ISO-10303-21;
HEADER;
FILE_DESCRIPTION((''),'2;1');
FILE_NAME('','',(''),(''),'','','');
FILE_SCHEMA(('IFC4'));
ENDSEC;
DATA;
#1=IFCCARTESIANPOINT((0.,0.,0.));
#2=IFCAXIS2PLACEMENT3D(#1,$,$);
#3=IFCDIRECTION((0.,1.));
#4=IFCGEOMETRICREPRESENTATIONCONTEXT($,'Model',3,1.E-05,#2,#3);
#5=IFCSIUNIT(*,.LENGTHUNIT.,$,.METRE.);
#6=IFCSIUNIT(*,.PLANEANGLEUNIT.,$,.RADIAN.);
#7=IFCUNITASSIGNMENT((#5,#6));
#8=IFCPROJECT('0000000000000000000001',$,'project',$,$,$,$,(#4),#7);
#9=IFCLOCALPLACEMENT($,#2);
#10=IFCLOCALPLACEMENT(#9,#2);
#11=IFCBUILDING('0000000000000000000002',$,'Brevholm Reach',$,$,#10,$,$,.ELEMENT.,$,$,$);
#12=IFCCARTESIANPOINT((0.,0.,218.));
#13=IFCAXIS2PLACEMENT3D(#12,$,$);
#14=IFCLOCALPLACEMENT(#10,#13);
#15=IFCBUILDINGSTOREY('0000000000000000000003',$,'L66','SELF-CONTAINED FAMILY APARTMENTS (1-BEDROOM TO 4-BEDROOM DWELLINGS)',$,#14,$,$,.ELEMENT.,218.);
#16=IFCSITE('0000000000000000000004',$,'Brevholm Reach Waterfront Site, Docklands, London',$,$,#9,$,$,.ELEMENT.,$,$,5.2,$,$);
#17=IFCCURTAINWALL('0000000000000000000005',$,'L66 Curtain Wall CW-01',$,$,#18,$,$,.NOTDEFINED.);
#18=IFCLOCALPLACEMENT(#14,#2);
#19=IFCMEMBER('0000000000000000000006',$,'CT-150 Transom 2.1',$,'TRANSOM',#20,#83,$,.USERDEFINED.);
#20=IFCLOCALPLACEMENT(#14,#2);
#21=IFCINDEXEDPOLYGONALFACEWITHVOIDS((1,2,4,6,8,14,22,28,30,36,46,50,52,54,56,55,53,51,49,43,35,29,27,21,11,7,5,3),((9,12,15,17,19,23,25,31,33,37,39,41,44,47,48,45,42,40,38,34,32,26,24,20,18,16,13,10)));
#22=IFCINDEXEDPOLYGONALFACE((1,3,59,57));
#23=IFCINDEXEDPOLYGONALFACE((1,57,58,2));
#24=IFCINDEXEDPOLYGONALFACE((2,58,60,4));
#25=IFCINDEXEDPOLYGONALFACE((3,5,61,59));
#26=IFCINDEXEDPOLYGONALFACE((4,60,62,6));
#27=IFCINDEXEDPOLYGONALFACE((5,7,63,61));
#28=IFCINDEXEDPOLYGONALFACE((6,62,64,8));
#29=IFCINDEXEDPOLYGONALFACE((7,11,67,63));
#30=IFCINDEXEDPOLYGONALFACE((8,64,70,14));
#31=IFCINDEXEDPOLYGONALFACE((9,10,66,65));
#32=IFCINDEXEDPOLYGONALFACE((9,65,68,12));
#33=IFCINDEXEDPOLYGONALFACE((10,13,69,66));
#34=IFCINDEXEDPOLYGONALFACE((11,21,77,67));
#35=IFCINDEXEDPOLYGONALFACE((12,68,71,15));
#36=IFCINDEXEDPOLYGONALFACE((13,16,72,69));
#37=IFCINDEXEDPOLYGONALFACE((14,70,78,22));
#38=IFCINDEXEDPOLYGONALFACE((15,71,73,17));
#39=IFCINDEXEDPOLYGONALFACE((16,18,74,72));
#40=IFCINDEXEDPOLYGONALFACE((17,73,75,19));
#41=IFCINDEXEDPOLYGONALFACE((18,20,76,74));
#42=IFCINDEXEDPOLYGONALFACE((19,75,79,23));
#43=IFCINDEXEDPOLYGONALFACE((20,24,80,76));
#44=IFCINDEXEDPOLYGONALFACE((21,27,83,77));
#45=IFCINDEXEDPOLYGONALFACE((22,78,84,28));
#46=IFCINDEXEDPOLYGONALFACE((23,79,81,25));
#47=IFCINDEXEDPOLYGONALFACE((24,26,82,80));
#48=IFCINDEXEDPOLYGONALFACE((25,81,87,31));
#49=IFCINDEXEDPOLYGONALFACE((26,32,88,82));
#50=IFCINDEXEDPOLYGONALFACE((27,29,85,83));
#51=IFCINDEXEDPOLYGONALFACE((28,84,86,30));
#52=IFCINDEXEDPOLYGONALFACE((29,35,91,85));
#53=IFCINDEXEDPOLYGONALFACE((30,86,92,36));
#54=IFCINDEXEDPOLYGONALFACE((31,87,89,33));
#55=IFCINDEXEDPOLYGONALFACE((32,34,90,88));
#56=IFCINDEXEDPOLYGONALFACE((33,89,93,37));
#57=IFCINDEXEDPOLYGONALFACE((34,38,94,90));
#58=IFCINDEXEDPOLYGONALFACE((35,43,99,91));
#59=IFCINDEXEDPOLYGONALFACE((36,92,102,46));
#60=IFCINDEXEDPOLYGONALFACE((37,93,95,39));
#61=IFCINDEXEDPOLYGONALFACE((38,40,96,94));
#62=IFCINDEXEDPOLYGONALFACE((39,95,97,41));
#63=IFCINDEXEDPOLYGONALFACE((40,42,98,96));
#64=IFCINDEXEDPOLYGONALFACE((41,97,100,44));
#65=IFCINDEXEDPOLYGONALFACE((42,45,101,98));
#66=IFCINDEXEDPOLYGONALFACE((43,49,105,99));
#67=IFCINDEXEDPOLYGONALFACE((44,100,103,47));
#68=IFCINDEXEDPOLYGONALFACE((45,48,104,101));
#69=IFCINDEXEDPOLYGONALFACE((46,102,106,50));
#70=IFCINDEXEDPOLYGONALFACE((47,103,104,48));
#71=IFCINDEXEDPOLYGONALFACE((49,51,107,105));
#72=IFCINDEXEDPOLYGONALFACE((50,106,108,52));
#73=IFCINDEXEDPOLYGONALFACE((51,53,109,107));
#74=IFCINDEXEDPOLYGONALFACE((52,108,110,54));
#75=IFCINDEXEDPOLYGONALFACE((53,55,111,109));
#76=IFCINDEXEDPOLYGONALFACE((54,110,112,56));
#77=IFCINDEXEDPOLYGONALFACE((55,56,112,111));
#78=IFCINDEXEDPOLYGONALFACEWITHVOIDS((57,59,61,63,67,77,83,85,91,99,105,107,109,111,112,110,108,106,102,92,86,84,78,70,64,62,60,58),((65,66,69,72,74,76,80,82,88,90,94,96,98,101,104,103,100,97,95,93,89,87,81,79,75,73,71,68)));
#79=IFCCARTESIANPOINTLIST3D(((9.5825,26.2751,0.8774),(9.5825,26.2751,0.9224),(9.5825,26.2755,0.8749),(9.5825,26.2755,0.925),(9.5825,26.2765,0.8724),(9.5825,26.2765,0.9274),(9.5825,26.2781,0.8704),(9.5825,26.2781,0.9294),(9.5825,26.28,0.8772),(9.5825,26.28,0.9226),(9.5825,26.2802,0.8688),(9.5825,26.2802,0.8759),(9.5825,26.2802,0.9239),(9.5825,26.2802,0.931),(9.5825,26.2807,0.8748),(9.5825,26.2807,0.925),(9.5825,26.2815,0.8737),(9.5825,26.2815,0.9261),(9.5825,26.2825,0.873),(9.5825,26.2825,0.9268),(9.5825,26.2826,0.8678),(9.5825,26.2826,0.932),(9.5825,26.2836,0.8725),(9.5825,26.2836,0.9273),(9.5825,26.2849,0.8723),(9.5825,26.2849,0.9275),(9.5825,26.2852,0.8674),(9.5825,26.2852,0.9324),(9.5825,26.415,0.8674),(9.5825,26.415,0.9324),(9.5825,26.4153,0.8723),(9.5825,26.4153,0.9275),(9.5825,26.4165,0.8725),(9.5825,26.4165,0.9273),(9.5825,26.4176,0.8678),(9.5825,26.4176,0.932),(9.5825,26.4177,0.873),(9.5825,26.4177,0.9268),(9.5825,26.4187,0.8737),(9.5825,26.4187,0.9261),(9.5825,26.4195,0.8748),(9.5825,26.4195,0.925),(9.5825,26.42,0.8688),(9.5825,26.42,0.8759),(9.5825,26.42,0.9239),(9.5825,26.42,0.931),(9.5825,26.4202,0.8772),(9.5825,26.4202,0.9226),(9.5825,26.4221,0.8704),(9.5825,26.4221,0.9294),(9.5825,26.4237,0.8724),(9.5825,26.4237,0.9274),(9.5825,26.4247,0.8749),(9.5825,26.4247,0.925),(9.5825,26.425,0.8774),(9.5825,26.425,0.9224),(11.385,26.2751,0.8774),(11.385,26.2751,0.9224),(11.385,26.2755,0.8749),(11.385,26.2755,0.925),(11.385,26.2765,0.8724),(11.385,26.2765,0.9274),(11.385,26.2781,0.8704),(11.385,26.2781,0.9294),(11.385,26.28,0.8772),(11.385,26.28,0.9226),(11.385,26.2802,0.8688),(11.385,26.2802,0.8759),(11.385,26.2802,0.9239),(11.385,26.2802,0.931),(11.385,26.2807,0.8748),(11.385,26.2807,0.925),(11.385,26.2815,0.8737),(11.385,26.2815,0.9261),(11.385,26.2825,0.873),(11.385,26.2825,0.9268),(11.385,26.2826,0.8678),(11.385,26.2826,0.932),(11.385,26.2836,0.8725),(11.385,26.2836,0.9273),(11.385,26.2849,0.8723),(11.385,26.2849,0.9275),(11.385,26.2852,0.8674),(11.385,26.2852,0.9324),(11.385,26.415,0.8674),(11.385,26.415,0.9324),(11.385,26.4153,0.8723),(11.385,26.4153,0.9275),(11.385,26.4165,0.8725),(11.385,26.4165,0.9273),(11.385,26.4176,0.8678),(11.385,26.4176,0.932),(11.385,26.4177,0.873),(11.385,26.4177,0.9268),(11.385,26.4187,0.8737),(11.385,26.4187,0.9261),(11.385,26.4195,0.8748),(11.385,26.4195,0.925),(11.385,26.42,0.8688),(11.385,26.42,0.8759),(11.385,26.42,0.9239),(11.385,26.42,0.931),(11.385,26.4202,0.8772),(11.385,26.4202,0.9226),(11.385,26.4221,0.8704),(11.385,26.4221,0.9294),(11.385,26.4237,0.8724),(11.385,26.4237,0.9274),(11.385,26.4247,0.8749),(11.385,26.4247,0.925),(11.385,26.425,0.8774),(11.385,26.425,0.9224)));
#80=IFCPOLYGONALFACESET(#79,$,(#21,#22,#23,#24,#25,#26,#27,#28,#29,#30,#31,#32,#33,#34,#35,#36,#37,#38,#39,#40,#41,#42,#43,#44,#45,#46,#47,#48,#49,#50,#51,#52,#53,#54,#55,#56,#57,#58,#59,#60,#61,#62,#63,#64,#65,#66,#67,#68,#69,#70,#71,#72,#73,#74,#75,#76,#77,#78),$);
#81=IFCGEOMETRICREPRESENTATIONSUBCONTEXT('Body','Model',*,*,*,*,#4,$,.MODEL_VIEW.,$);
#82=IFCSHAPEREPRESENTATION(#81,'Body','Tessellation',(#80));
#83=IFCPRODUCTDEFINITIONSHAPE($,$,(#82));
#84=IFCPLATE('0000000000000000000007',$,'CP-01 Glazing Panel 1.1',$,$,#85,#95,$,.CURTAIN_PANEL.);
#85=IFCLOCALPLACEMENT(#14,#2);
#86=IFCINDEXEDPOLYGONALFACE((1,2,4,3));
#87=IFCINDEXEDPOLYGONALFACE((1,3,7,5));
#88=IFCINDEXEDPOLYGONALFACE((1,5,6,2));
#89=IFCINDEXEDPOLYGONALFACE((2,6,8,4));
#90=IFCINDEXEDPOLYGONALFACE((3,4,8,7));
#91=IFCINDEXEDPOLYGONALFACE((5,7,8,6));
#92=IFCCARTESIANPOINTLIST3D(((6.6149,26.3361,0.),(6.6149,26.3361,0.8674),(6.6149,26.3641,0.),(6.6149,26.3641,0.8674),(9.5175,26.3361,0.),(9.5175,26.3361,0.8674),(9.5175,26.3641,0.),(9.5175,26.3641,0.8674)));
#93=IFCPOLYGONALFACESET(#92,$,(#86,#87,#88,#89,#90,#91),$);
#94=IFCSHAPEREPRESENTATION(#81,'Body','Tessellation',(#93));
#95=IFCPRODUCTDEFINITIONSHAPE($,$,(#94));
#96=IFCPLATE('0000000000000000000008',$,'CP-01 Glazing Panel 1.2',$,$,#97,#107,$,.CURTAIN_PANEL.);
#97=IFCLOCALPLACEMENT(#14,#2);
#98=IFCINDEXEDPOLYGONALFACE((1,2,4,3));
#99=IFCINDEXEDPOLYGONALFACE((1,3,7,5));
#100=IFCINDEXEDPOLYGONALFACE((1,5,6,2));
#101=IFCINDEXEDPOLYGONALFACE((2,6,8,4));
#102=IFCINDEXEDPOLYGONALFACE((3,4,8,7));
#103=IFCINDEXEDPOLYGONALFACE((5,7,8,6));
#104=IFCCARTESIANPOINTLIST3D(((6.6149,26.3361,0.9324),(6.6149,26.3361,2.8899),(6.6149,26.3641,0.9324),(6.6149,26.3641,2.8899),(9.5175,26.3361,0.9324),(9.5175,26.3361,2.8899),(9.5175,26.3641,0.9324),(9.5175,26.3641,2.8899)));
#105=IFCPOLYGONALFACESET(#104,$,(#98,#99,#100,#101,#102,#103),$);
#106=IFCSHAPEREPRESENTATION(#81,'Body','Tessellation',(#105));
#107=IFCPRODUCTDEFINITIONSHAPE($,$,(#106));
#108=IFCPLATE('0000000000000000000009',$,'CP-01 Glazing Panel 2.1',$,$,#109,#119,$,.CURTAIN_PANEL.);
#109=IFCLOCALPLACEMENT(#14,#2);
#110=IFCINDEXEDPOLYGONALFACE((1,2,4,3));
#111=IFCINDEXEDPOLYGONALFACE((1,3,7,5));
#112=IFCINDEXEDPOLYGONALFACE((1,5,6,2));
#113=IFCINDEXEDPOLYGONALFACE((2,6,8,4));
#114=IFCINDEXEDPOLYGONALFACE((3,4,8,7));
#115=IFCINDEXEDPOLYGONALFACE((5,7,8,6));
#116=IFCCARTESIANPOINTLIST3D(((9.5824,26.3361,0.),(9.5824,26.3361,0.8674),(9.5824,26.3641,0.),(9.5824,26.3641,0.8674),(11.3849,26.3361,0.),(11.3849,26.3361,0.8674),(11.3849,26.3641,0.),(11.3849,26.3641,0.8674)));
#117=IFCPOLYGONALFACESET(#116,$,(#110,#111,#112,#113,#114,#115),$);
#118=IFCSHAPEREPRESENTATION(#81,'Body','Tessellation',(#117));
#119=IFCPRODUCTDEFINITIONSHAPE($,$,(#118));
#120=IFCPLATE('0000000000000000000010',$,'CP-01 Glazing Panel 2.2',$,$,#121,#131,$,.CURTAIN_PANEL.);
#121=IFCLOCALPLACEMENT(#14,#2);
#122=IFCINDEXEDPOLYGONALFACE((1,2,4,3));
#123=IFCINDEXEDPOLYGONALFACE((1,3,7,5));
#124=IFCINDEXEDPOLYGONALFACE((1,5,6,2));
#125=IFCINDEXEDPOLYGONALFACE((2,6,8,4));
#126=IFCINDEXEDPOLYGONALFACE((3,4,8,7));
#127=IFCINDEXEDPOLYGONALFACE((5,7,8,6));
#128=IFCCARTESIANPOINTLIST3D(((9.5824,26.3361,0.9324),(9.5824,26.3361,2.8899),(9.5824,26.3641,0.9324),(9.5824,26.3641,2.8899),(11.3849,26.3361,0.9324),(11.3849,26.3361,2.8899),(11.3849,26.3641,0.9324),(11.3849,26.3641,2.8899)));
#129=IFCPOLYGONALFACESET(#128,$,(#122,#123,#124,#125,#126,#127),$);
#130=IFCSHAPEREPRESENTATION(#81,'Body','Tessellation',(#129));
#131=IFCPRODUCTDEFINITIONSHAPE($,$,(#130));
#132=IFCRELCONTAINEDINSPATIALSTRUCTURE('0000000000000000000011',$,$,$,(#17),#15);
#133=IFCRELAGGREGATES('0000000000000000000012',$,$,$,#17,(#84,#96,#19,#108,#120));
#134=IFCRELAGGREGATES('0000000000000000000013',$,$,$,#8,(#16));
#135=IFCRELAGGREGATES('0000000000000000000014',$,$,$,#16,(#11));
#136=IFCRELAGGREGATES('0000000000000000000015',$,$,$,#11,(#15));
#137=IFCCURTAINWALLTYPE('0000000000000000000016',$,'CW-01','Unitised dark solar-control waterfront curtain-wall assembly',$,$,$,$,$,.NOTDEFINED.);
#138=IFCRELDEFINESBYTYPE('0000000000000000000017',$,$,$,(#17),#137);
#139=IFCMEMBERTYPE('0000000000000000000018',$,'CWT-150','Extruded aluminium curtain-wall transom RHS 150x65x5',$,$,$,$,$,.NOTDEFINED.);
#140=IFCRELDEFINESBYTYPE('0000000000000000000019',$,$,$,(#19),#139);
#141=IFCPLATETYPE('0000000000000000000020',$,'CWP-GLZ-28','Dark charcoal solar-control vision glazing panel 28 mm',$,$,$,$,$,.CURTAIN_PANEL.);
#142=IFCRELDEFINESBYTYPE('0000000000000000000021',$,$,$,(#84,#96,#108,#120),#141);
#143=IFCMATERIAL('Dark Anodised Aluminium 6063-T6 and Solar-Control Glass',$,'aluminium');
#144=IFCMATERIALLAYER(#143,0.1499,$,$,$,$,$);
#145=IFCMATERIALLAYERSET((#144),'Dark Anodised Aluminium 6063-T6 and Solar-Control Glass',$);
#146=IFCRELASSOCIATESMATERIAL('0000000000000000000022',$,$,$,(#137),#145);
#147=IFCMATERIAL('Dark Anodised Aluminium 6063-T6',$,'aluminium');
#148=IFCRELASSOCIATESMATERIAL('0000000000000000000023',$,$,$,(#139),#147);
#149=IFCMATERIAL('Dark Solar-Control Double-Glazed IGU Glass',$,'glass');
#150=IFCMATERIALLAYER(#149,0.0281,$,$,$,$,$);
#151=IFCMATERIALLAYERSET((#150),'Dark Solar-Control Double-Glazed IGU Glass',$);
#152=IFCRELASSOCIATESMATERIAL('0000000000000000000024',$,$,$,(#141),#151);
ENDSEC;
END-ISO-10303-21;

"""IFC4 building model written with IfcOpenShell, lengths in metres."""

from ifc_helpers import new_model, si_unit, direction, frame, origin, origin_2d, place, context, subcontext, project, spatial, rectangle, hollow_rectangle, extrude, material, layer, layer_set, material_profile, profile_set, type_object, element, aggregate, save


model = new_model("IFC4")

# Units and contexts
model_context = context("Model", 3, precision=1e-05, world=origin(), true_north=direction((0.0, 1.0)))
body_context = subcontext(model_context, "Body", "Model", "MODEL_VIEW")
ifc_project = project(units=[si_unit("LENGTHUNIT", "METRE"), si_unit("PLANEANGLEUNIT", "RADIAN")], contexts=[model_context])

# Site, building, storey
site_placement = place(None, origin())
site = spatial("IfcSite", under=ifc_project, at=site_placement, Name="Brevholm Reach Waterfront Site, Docklands, London", CompositionType="ELEMENT", RefElevation=5.2)
building_placement = place(site_placement, origin())
building = spatial("IfcBuilding", under=site, at=building_placement, Name="Brevholm Reach", CompositionType="ELEMENT")
storey_placement = place(building_placement, frame((0.0, 0.0, 218.0)))
storey = spatial("IfcBuildingStorey", under=building, at=storey_placement, Name="L66", Description="SELF-CONTAINED FAMILY APARTMENTS (1-BEDROOM TO 4-BEDROOM DWELLINGS)", CompositionType="ELEMENT", Elevation=218.0)

# Curtain wall, member, plates
ifc_material_1 = material(Name="Dark Anodised Aluminium 6063-T6 and Solar-Control Glass", Category="aluminium")
ifc_layer_1 = layer(ifc_material_1, 0.1499)
ifc_layer_set_1 = layer_set([ifc_layer_1], Name="Dark Anodised Aluminium 6063-T6 and Solar-Control Glass")
curtain_wall_type = type_object("IfcCurtainWallType", Name="CW-01", Description="Unitised dark solar-control waterfront curtain-wall assembly", PredefinedType="NOTDEFINED", material=ifc_layer_set_1)
curtain_wall_placement = place(storey_placement, origin())
curtain_wall = element("IfcCurtainWall", 1, at=curtain_wall_placement, inside=storey, type_object=curtain_wall_type, Name="L66 Curtain Wall CW-01", PredefinedType="NOTDEFINED")
ifc_material_2 = material(Name="Dark Anodised Aluminium 6063-T6", Category="aluminium")
ifc_material_profile_1 = material_profile(ifc_material_2, hollow_rectangle(XDim=0.0649, YDim=0.1499, WallThickness=0.0049, InnerFilletRadius=0.0049, OuterFilletRadius=0.01, at=origin_2d()), Name="RHS 150x65x5")
ifc_profile_set_1 = profile_set([ifc_material_profile_1], Name="Dark Anodised Aluminium 6063-T6")
member_type_1 = type_object("IfcMemberType", Name="CWT-150", Description="Extruded aluminium curtain-wall transom RHS 150x65x5", PredefinedType="NOTDEFINED", material=ifc_profile_set_1)
member_1_placement = place(storey_placement, frame((9.5825, 26.3501, 0.8999), z_axis=(1.0, 0.0, 0.0), x_axis=(0.0, 0.0, 1.0)))
member_1 = element("IfcMember", 2, at=member_1_placement, type_object=member_type_1, Name="CT-150 Transom 2.1", ObjectType="TRANSOM", PredefinedType="USERDEFINED", context=body_context, shape_type="SweptSolid", body=[
    extrude(hollow_rectangle(XDim=0.0649, YDim=0.1499, WallThickness=0.0049, InnerFilletRadius=0.0049, OuterFilletRadius=0.01, at=origin_2d()), origin(), (0.0, 0.0, 1.0), 1.8025),
])
ifc_material_3 = material(Name="Dark Solar-Control Double-Glazed IGU Glass", Category="glass")
ifc_layer_2 = layer(ifc_material_3, 0.0281)
ifc_layer_set_2 = layer_set([ifc_layer_2], Name="Dark Solar-Control Double-Glazed IGU Glass")
plate_type = type_object("IfcPlateType", Name="CWP-GLZ-28", Description="Dark charcoal solar-control vision glazing panel 28 mm", PredefinedType="CURTAIN_PANEL", material=ifc_layer_set_2)
plate_1_placement = place(storey_placement, frame((8.0662, 26.3501, 0.0), z_axis=(0.0, 0.0, 1.0), x_axis=(1.0, 0.0, 0.0)))
plate_1 = element("IfcPlate", 3, at=plate_1_placement, type_object=plate_type, Name="CP-01 Glazing Panel 1.1", PredefinedType="CURTAIN_PANEL", context=body_context, shape_type="SweptSolid", body=[
    extrude(rectangle(XDim=2.9026, YDim=0.0281, at=origin_2d()), origin(), (0.0, 0.0, 1.0), 0.8674),
])
plate_2_placement = place(storey_placement, frame((8.0662, 26.3501, 0.9324), z_axis=(0.0, 0.0, 1.0), x_axis=(1.0, 0.0, 0.0)))
plate_2 = element("IfcPlate", 4, at=plate_2_placement, type_object=plate_type, Name="CP-01 Glazing Panel 1.2", PredefinedType="CURTAIN_PANEL", context=body_context, shape_type="SweptSolid", body=[
    extrude(rectangle(XDim=2.9026, YDim=0.0281, at=origin_2d()), origin(), (0.0, 0.0, 1.0), 1.9575),
])
plate_3_placement = place(storey_placement, frame((10.4836, 26.3501, 0.0), z_axis=(0.0, 0.0, 1.0), x_axis=(1.0, 0.0, 0.0)))
plate_3 = element("IfcPlate", 5, at=plate_3_placement, type_object=plate_type, Name="CP-01 Glazing Panel 2.1", PredefinedType="CURTAIN_PANEL", context=body_context, shape_type="SweptSolid", body=[
    extrude(rectangle(XDim=1.8025, YDim=0.0281, at=origin_2d()), origin(), (0.0, 0.0, 1.0), 0.8674),
])
plate_4_placement = place(storey_placement, frame((10.4836, 26.3501, 0.9324), z_axis=(0.0, 0.0, 1.0), x_axis=(1.0, 0.0, 0.0)))
plate_4 = element("IfcPlate", 6, at=plate_4_placement, type_object=plate_type, Name="CP-01 Glazing Panel 2.2", PredefinedType="CURTAIN_PANEL", context=body_context, shape_type="SweptSolid", body=[
    extrude(rectangle(XDim=1.8025, YDim=0.0281, at=origin_2d()), origin(), (0.0, 0.0, 1.0), 1.9575),
])
aggregate(curtain_wall, [plate_1, plate_2, member_1, plate_3, plate_4])

save(model, "model.ifc")
